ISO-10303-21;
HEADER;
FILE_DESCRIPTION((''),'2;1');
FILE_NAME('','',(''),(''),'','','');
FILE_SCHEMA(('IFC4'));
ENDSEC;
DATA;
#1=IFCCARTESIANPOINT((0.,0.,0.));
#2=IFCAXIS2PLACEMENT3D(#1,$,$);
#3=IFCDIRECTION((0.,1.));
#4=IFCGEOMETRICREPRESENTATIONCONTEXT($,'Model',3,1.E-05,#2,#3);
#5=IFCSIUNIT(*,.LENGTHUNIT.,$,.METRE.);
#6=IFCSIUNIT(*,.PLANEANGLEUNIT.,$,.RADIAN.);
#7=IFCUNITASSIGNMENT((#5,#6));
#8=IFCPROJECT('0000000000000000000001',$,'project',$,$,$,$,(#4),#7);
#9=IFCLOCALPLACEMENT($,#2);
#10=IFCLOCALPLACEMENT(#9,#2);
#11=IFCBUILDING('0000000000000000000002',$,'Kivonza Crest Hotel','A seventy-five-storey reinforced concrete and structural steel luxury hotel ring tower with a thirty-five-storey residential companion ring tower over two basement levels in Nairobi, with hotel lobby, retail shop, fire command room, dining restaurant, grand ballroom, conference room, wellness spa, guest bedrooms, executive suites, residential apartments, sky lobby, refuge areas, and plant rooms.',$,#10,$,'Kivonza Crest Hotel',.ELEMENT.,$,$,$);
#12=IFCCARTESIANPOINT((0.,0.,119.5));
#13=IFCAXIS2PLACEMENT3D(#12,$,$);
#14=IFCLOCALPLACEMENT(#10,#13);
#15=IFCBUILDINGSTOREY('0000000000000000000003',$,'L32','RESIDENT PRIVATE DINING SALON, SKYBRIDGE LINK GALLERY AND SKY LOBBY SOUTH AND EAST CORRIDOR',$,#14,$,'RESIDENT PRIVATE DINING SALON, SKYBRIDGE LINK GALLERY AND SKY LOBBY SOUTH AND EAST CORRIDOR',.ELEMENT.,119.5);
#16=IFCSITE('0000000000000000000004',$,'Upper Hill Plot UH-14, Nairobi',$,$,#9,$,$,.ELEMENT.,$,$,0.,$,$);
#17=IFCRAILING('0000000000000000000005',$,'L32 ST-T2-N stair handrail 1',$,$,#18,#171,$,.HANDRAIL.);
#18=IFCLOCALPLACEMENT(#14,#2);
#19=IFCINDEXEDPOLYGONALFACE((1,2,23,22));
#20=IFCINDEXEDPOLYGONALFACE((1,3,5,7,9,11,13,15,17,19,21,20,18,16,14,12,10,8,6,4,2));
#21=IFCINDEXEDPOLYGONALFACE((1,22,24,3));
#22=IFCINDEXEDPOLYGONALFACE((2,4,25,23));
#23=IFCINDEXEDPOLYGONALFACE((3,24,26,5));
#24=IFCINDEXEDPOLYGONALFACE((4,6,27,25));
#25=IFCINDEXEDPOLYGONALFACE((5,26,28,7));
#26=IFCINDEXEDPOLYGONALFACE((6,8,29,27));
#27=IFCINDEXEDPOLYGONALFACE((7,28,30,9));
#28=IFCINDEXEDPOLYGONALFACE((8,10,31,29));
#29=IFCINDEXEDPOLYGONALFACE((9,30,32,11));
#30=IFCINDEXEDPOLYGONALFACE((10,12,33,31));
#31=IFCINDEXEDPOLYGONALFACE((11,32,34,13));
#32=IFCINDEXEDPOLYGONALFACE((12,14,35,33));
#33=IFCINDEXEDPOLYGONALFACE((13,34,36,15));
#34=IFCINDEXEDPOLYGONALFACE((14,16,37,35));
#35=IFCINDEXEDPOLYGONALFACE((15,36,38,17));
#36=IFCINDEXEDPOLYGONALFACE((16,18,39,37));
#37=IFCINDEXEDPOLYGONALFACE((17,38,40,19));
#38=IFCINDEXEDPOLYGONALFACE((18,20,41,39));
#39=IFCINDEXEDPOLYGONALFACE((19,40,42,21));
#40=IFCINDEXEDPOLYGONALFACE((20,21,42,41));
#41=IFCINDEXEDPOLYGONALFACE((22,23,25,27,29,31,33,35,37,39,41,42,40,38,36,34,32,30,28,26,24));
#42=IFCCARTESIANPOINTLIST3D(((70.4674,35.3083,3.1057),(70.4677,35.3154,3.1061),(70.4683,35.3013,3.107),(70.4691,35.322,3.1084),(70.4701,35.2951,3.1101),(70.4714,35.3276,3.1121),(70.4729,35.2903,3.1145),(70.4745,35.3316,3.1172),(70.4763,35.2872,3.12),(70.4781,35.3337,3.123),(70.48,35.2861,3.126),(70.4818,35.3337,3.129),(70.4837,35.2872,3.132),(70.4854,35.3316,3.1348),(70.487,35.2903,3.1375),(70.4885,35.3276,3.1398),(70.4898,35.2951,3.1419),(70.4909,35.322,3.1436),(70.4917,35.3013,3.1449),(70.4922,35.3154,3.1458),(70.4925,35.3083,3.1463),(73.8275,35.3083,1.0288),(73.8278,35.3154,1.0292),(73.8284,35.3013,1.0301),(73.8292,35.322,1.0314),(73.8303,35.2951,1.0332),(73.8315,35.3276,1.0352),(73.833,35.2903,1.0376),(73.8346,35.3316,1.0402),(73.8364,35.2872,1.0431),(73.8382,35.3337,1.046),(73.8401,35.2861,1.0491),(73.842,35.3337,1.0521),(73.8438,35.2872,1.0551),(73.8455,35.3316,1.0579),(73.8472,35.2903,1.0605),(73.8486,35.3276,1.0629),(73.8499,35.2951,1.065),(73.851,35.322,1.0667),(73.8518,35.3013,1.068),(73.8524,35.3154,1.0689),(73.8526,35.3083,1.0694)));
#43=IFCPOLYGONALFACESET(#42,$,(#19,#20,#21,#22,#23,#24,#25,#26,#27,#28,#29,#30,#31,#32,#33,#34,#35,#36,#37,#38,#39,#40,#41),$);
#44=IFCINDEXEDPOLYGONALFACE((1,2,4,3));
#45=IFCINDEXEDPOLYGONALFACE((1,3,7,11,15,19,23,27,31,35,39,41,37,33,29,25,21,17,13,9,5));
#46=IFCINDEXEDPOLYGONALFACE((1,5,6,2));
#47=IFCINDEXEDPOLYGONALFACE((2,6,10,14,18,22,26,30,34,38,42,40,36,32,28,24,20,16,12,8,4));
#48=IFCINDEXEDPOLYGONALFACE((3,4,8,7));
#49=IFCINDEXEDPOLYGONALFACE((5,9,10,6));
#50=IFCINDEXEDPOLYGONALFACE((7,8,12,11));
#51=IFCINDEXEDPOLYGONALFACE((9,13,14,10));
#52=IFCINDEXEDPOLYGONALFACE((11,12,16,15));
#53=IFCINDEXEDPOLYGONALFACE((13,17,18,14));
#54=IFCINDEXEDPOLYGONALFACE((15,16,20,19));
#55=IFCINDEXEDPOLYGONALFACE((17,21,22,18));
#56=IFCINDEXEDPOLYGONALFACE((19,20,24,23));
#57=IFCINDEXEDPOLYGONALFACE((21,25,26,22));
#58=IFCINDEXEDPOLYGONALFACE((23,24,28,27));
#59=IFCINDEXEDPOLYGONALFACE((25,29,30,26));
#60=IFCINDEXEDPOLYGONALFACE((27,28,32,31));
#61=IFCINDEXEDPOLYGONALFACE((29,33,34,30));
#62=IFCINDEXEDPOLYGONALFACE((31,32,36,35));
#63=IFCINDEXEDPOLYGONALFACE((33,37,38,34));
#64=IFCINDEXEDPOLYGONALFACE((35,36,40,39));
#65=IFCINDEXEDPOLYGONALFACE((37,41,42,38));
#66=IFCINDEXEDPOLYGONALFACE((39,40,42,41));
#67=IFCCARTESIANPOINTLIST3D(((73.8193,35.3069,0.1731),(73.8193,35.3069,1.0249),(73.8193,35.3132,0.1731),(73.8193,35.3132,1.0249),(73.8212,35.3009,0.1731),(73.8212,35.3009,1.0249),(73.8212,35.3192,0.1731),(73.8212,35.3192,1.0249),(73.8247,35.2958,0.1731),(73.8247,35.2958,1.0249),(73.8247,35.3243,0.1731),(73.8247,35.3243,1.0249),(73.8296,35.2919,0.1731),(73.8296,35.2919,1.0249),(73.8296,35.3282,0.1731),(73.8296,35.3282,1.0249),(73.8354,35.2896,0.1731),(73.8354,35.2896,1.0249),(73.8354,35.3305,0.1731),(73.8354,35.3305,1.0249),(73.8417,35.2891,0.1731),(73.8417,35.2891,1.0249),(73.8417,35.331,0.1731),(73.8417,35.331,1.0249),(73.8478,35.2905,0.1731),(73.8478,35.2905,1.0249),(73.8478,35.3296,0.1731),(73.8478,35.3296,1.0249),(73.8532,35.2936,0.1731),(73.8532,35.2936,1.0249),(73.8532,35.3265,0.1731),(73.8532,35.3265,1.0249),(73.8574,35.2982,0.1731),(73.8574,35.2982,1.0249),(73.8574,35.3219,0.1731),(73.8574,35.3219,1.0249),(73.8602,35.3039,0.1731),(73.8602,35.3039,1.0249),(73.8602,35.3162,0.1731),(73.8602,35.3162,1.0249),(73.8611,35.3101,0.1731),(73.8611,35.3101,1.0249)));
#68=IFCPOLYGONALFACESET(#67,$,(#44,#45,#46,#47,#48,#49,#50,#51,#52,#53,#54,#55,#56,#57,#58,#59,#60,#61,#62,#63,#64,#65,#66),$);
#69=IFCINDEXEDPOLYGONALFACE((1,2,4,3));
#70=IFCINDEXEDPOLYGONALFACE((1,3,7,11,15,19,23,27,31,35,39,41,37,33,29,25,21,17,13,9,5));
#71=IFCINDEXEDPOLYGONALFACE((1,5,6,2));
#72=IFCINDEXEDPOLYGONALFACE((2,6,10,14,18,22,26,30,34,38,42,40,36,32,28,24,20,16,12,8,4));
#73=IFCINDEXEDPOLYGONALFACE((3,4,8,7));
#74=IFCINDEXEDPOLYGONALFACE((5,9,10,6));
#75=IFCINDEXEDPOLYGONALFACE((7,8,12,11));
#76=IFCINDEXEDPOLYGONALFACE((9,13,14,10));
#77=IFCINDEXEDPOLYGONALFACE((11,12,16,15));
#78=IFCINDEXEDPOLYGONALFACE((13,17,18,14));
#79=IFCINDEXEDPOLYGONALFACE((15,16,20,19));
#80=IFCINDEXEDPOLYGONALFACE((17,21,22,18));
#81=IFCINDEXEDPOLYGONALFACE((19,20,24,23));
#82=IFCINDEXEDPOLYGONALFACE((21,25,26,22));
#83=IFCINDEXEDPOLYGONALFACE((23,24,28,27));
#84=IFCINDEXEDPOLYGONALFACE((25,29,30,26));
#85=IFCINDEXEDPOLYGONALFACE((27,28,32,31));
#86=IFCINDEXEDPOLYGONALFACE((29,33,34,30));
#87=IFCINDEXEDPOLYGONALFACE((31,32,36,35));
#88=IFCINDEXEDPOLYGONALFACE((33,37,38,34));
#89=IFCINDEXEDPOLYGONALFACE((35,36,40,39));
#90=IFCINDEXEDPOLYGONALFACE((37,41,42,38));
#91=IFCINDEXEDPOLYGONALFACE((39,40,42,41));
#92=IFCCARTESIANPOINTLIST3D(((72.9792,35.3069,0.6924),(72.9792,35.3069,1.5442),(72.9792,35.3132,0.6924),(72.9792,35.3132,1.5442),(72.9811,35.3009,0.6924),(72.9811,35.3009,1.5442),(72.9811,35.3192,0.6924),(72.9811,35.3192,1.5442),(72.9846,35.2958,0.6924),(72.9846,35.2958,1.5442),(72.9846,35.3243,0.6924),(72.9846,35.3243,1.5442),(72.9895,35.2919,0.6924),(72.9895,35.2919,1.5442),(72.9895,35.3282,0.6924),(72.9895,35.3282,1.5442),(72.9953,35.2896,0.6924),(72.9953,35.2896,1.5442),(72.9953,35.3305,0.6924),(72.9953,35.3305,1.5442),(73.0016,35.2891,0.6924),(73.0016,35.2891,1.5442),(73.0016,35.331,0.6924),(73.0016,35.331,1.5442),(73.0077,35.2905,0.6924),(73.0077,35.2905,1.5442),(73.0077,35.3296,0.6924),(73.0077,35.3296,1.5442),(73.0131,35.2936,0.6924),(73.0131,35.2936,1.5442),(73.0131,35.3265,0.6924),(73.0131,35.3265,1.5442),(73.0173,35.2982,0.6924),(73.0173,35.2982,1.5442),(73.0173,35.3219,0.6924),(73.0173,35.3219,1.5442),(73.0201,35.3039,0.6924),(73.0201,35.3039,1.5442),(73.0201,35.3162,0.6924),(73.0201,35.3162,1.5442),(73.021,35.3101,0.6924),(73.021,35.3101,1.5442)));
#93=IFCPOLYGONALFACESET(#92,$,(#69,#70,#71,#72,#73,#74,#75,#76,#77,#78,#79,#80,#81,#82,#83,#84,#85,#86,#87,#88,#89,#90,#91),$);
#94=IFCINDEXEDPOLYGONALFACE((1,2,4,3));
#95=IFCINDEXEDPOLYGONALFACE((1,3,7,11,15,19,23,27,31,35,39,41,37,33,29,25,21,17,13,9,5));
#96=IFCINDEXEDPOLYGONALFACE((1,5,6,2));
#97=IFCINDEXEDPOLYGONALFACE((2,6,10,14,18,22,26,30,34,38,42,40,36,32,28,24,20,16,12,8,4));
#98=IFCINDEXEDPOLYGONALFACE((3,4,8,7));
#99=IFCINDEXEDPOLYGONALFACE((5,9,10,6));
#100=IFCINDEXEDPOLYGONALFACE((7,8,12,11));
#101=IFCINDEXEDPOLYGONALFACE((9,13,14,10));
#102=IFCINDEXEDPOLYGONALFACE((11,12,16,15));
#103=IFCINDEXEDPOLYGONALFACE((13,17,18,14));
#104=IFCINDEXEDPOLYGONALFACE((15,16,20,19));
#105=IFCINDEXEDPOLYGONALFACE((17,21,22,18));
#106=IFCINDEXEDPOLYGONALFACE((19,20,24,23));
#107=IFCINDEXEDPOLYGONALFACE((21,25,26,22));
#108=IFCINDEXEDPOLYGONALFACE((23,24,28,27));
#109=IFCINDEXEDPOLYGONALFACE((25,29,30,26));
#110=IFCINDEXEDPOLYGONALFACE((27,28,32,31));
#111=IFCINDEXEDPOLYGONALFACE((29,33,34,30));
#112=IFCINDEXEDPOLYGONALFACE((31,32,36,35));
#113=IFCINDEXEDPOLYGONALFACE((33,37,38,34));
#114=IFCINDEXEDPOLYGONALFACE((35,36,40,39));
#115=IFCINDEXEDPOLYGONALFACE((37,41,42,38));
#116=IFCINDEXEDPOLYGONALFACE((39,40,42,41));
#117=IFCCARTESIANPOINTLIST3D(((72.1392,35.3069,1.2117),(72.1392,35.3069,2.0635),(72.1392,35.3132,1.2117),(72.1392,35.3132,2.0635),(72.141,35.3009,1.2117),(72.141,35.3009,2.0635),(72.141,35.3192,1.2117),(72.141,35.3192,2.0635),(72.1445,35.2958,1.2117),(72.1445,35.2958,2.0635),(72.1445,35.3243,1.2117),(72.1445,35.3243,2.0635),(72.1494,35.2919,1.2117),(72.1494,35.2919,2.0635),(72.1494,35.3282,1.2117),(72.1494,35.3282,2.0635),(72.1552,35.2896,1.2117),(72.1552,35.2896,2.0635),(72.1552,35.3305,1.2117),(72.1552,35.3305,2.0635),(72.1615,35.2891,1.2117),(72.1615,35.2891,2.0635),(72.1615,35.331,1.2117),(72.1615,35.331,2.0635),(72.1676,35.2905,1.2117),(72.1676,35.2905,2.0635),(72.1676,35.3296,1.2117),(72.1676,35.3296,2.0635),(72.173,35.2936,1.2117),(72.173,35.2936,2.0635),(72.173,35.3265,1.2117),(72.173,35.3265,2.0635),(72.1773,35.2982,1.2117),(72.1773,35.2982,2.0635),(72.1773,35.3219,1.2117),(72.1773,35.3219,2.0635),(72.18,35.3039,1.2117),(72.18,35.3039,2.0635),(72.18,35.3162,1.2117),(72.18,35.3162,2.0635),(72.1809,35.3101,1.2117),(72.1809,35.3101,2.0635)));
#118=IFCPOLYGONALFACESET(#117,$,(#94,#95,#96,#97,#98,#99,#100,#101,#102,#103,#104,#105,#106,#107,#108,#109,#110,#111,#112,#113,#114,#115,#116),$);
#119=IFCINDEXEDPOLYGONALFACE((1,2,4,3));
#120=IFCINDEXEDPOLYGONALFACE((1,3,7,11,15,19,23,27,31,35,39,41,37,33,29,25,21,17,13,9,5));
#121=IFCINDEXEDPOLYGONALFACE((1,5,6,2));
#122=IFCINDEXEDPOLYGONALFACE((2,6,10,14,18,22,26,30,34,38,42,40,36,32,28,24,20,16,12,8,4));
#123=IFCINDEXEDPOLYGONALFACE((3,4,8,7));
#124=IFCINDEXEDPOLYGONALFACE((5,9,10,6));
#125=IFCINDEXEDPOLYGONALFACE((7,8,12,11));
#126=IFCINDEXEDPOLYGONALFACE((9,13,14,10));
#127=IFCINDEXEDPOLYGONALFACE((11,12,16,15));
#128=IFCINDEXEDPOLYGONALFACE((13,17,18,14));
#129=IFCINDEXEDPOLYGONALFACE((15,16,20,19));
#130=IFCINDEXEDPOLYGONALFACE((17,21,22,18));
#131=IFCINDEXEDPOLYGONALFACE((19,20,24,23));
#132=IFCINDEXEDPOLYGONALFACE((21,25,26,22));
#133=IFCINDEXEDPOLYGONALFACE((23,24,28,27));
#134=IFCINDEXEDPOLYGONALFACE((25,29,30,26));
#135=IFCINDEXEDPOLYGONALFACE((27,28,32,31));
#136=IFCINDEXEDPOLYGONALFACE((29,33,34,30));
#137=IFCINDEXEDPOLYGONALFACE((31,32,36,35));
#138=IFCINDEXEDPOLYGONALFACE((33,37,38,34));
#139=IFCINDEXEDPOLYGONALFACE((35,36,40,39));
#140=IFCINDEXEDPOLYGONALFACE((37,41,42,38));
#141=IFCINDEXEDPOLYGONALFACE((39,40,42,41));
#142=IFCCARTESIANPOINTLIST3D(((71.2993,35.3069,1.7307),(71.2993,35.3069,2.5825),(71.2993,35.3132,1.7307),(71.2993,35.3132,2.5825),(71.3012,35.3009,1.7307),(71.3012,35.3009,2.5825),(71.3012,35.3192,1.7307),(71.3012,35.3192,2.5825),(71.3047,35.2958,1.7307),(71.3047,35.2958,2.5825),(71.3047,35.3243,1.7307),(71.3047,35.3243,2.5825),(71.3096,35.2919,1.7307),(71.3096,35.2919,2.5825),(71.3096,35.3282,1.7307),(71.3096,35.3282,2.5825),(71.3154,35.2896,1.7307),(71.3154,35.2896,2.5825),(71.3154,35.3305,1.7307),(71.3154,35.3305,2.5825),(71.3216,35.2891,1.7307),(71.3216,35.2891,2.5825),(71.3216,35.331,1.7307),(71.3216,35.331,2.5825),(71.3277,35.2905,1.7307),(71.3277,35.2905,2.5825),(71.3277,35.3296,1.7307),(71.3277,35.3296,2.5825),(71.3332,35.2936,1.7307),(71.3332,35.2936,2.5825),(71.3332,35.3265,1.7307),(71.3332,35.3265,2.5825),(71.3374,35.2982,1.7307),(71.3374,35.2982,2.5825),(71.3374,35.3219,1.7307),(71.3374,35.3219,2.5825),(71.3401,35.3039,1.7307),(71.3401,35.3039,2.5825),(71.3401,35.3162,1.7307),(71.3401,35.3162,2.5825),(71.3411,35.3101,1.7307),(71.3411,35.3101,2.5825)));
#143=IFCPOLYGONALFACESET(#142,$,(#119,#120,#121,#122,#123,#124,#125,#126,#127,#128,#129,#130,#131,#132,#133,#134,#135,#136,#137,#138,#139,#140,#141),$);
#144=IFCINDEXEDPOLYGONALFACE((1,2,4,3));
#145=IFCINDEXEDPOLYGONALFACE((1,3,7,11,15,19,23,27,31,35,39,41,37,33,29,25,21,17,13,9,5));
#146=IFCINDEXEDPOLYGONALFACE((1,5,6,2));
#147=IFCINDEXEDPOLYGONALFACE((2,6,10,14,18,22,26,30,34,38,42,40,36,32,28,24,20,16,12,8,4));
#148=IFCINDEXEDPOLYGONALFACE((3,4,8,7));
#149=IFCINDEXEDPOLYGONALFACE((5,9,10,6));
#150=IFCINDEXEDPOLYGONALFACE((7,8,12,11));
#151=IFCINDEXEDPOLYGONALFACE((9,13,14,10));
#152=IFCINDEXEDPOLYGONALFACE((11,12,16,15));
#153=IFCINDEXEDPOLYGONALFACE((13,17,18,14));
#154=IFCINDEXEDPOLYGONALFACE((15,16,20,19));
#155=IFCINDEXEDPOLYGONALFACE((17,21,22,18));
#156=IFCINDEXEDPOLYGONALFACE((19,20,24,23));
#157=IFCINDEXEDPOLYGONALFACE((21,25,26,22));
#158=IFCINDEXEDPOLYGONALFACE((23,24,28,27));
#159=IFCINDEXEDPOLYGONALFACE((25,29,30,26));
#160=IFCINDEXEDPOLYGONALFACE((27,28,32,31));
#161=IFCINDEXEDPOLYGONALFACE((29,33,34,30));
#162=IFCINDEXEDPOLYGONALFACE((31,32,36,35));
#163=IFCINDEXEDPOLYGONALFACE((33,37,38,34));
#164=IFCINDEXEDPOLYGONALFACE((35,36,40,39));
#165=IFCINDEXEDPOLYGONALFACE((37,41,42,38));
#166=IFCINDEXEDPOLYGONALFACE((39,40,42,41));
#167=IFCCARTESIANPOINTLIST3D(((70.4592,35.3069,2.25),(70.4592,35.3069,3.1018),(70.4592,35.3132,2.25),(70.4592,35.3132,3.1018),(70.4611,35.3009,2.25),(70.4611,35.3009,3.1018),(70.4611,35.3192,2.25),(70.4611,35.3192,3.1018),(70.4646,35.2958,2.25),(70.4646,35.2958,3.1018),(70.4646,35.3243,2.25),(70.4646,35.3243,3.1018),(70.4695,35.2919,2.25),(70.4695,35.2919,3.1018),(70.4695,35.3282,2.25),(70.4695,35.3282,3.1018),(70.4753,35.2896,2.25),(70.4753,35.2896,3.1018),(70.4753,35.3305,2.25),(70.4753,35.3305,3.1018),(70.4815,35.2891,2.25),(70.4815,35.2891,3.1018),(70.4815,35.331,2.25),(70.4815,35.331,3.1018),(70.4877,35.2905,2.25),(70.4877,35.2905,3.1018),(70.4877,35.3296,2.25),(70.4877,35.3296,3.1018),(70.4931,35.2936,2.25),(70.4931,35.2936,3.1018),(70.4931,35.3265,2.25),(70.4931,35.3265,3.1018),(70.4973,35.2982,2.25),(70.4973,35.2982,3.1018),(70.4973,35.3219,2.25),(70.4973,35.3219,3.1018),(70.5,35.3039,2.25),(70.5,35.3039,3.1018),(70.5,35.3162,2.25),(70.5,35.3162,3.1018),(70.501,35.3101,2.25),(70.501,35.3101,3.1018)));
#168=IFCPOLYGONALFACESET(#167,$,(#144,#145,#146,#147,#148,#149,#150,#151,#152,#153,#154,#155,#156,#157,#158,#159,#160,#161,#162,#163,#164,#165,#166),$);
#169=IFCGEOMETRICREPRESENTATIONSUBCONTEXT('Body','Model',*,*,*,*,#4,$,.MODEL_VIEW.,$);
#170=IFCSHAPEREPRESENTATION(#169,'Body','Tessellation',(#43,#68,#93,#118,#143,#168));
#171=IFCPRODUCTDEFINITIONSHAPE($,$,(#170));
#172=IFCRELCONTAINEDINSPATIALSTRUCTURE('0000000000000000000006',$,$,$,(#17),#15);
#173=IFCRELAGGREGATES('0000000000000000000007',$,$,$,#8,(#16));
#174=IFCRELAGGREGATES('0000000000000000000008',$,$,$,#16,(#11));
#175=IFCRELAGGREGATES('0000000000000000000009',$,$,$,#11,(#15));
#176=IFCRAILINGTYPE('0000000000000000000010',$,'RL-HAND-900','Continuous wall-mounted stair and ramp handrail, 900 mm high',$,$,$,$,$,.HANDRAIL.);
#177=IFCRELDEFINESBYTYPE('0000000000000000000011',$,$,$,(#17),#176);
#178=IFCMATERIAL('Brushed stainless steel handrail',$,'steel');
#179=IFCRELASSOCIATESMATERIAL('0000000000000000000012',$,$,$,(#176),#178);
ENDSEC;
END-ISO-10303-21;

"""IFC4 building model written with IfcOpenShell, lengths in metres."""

from ifc_helpers import new_model, si_unit, direction, frame, origin, origin_2d, place, context, subcontext, project, spatial, circle, extrude, material, type_object, element, save


model = new_model("IFC4")

# Units and contexts
model_context = context("Model", 3, precision=1e-05, world=origin(), true_north=direction((0.0, 1.0)))
body_context = subcontext(model_context, "Body", "Model", "MODEL_VIEW")
ifc_project = project(units=[si_unit("LENGTHUNIT", "METRE"), si_unit("PLANEANGLEUNIT", "RADIAN")], contexts=[model_context])

# Site, building, storey
site_placement = place(None, origin())
site = spatial("IfcSite", under=ifc_project, at=site_placement, Name="Upper Hill Plot UH-14, Nairobi", CompositionType="ELEMENT", RefElevation=0.0)
building_placement = place(site_placement, origin())
building = spatial("IfcBuilding", under=site, at=building_placement, Name="Kivonza Crest Hotel", Description="A seventy-five-storey reinforced concrete and structural steel luxury hotel ring tower with a thirty-five-storey residential companion ring tower over two basement levels in Nairobi, with hotel lobby, retail shop, fire command room, dining restaurant, grand ballroom, conference room, wellness spa, guest bedrooms, executive suites, residential apartments, sky lobby, refuge areas, and plant rooms.", LongName="Kivonza Crest Hotel", CompositionType="ELEMENT")
storey_placement = place(building_placement, frame((0.0, 0.0, 119.5)))
storey = spatial("IfcBuildingStorey", under=building, at=storey_placement, Name="L32", Description="RESIDENT PRIVATE DINING SALON, SKYBRIDGE LINK GALLERY AND SKY LOBBY SOUTH AND EAST CORRIDOR", LongName="RESIDENT PRIVATE DINING SALON, SKYBRIDGE LINK GALLERY AND SKY LOBBY SOUTH AND EAST CORRIDOR", CompositionType="ELEMENT", Elevation=119.5)

# Railing
ifc_material_1 = material(Name="Brushed stainless steel handrail", Category="steel")
railing_type_1 = type_object("IfcRailingType", Name="RL-HAND-900", Description="Continuous wall-mounted stair and ramp handrail, 900 mm high", PredefinedType="HANDRAIL", material=ifc_material_1)
railing_1_placement = place(storey_placement, frame((73.8401, 35.3101, 0.1731)))
element("IfcRailing", 1, at=railing_1_placement, inside=storey, type_object=railing_type_1, Name="L32 ST-T2-N stair handrail 1", PredefinedType="HANDRAIL", context=body_context, shape_type="SweptSolid", body=[
    extrude(circle(Radius=0.0239, at=origin_2d()), frame((0.0, 0.0, 0.876), z_axis=(-0.850623, 0.0, 0.525776), x_axis=(0.0, -1.0, 0.0)), (0.0, 0.0, 1.0), 3.9502),
    extrude(circle(Radius=0.021, at=origin_2d()), origin(), (0.0, 0.0, 1.0), 0.8518),
    extrude(circle(Radius=0.021, at=origin_2d()), frame((-0.8401, 0.0, 0.5193)), (0.0, 0.0, 1.0), 0.8518),
    extrude(circle(Radius=0.021, at=origin_2d()), frame((-1.6802, 0.0, 1.0386)), (0.0, 0.0, 1.0), 0.8518),
    extrude(circle(Radius=0.021, at=origin_2d()), frame((-2.52, 0.0, 1.5576)), (0.0, 0.0, 1.0), 0.8518),
    extrude(circle(Radius=0.021, at=origin_2d()), frame((-3.3601, 0.0, 2.0769)), (0.0, 0.0, 1.0), 0.8518),
])

save(model, "model.ifc")
